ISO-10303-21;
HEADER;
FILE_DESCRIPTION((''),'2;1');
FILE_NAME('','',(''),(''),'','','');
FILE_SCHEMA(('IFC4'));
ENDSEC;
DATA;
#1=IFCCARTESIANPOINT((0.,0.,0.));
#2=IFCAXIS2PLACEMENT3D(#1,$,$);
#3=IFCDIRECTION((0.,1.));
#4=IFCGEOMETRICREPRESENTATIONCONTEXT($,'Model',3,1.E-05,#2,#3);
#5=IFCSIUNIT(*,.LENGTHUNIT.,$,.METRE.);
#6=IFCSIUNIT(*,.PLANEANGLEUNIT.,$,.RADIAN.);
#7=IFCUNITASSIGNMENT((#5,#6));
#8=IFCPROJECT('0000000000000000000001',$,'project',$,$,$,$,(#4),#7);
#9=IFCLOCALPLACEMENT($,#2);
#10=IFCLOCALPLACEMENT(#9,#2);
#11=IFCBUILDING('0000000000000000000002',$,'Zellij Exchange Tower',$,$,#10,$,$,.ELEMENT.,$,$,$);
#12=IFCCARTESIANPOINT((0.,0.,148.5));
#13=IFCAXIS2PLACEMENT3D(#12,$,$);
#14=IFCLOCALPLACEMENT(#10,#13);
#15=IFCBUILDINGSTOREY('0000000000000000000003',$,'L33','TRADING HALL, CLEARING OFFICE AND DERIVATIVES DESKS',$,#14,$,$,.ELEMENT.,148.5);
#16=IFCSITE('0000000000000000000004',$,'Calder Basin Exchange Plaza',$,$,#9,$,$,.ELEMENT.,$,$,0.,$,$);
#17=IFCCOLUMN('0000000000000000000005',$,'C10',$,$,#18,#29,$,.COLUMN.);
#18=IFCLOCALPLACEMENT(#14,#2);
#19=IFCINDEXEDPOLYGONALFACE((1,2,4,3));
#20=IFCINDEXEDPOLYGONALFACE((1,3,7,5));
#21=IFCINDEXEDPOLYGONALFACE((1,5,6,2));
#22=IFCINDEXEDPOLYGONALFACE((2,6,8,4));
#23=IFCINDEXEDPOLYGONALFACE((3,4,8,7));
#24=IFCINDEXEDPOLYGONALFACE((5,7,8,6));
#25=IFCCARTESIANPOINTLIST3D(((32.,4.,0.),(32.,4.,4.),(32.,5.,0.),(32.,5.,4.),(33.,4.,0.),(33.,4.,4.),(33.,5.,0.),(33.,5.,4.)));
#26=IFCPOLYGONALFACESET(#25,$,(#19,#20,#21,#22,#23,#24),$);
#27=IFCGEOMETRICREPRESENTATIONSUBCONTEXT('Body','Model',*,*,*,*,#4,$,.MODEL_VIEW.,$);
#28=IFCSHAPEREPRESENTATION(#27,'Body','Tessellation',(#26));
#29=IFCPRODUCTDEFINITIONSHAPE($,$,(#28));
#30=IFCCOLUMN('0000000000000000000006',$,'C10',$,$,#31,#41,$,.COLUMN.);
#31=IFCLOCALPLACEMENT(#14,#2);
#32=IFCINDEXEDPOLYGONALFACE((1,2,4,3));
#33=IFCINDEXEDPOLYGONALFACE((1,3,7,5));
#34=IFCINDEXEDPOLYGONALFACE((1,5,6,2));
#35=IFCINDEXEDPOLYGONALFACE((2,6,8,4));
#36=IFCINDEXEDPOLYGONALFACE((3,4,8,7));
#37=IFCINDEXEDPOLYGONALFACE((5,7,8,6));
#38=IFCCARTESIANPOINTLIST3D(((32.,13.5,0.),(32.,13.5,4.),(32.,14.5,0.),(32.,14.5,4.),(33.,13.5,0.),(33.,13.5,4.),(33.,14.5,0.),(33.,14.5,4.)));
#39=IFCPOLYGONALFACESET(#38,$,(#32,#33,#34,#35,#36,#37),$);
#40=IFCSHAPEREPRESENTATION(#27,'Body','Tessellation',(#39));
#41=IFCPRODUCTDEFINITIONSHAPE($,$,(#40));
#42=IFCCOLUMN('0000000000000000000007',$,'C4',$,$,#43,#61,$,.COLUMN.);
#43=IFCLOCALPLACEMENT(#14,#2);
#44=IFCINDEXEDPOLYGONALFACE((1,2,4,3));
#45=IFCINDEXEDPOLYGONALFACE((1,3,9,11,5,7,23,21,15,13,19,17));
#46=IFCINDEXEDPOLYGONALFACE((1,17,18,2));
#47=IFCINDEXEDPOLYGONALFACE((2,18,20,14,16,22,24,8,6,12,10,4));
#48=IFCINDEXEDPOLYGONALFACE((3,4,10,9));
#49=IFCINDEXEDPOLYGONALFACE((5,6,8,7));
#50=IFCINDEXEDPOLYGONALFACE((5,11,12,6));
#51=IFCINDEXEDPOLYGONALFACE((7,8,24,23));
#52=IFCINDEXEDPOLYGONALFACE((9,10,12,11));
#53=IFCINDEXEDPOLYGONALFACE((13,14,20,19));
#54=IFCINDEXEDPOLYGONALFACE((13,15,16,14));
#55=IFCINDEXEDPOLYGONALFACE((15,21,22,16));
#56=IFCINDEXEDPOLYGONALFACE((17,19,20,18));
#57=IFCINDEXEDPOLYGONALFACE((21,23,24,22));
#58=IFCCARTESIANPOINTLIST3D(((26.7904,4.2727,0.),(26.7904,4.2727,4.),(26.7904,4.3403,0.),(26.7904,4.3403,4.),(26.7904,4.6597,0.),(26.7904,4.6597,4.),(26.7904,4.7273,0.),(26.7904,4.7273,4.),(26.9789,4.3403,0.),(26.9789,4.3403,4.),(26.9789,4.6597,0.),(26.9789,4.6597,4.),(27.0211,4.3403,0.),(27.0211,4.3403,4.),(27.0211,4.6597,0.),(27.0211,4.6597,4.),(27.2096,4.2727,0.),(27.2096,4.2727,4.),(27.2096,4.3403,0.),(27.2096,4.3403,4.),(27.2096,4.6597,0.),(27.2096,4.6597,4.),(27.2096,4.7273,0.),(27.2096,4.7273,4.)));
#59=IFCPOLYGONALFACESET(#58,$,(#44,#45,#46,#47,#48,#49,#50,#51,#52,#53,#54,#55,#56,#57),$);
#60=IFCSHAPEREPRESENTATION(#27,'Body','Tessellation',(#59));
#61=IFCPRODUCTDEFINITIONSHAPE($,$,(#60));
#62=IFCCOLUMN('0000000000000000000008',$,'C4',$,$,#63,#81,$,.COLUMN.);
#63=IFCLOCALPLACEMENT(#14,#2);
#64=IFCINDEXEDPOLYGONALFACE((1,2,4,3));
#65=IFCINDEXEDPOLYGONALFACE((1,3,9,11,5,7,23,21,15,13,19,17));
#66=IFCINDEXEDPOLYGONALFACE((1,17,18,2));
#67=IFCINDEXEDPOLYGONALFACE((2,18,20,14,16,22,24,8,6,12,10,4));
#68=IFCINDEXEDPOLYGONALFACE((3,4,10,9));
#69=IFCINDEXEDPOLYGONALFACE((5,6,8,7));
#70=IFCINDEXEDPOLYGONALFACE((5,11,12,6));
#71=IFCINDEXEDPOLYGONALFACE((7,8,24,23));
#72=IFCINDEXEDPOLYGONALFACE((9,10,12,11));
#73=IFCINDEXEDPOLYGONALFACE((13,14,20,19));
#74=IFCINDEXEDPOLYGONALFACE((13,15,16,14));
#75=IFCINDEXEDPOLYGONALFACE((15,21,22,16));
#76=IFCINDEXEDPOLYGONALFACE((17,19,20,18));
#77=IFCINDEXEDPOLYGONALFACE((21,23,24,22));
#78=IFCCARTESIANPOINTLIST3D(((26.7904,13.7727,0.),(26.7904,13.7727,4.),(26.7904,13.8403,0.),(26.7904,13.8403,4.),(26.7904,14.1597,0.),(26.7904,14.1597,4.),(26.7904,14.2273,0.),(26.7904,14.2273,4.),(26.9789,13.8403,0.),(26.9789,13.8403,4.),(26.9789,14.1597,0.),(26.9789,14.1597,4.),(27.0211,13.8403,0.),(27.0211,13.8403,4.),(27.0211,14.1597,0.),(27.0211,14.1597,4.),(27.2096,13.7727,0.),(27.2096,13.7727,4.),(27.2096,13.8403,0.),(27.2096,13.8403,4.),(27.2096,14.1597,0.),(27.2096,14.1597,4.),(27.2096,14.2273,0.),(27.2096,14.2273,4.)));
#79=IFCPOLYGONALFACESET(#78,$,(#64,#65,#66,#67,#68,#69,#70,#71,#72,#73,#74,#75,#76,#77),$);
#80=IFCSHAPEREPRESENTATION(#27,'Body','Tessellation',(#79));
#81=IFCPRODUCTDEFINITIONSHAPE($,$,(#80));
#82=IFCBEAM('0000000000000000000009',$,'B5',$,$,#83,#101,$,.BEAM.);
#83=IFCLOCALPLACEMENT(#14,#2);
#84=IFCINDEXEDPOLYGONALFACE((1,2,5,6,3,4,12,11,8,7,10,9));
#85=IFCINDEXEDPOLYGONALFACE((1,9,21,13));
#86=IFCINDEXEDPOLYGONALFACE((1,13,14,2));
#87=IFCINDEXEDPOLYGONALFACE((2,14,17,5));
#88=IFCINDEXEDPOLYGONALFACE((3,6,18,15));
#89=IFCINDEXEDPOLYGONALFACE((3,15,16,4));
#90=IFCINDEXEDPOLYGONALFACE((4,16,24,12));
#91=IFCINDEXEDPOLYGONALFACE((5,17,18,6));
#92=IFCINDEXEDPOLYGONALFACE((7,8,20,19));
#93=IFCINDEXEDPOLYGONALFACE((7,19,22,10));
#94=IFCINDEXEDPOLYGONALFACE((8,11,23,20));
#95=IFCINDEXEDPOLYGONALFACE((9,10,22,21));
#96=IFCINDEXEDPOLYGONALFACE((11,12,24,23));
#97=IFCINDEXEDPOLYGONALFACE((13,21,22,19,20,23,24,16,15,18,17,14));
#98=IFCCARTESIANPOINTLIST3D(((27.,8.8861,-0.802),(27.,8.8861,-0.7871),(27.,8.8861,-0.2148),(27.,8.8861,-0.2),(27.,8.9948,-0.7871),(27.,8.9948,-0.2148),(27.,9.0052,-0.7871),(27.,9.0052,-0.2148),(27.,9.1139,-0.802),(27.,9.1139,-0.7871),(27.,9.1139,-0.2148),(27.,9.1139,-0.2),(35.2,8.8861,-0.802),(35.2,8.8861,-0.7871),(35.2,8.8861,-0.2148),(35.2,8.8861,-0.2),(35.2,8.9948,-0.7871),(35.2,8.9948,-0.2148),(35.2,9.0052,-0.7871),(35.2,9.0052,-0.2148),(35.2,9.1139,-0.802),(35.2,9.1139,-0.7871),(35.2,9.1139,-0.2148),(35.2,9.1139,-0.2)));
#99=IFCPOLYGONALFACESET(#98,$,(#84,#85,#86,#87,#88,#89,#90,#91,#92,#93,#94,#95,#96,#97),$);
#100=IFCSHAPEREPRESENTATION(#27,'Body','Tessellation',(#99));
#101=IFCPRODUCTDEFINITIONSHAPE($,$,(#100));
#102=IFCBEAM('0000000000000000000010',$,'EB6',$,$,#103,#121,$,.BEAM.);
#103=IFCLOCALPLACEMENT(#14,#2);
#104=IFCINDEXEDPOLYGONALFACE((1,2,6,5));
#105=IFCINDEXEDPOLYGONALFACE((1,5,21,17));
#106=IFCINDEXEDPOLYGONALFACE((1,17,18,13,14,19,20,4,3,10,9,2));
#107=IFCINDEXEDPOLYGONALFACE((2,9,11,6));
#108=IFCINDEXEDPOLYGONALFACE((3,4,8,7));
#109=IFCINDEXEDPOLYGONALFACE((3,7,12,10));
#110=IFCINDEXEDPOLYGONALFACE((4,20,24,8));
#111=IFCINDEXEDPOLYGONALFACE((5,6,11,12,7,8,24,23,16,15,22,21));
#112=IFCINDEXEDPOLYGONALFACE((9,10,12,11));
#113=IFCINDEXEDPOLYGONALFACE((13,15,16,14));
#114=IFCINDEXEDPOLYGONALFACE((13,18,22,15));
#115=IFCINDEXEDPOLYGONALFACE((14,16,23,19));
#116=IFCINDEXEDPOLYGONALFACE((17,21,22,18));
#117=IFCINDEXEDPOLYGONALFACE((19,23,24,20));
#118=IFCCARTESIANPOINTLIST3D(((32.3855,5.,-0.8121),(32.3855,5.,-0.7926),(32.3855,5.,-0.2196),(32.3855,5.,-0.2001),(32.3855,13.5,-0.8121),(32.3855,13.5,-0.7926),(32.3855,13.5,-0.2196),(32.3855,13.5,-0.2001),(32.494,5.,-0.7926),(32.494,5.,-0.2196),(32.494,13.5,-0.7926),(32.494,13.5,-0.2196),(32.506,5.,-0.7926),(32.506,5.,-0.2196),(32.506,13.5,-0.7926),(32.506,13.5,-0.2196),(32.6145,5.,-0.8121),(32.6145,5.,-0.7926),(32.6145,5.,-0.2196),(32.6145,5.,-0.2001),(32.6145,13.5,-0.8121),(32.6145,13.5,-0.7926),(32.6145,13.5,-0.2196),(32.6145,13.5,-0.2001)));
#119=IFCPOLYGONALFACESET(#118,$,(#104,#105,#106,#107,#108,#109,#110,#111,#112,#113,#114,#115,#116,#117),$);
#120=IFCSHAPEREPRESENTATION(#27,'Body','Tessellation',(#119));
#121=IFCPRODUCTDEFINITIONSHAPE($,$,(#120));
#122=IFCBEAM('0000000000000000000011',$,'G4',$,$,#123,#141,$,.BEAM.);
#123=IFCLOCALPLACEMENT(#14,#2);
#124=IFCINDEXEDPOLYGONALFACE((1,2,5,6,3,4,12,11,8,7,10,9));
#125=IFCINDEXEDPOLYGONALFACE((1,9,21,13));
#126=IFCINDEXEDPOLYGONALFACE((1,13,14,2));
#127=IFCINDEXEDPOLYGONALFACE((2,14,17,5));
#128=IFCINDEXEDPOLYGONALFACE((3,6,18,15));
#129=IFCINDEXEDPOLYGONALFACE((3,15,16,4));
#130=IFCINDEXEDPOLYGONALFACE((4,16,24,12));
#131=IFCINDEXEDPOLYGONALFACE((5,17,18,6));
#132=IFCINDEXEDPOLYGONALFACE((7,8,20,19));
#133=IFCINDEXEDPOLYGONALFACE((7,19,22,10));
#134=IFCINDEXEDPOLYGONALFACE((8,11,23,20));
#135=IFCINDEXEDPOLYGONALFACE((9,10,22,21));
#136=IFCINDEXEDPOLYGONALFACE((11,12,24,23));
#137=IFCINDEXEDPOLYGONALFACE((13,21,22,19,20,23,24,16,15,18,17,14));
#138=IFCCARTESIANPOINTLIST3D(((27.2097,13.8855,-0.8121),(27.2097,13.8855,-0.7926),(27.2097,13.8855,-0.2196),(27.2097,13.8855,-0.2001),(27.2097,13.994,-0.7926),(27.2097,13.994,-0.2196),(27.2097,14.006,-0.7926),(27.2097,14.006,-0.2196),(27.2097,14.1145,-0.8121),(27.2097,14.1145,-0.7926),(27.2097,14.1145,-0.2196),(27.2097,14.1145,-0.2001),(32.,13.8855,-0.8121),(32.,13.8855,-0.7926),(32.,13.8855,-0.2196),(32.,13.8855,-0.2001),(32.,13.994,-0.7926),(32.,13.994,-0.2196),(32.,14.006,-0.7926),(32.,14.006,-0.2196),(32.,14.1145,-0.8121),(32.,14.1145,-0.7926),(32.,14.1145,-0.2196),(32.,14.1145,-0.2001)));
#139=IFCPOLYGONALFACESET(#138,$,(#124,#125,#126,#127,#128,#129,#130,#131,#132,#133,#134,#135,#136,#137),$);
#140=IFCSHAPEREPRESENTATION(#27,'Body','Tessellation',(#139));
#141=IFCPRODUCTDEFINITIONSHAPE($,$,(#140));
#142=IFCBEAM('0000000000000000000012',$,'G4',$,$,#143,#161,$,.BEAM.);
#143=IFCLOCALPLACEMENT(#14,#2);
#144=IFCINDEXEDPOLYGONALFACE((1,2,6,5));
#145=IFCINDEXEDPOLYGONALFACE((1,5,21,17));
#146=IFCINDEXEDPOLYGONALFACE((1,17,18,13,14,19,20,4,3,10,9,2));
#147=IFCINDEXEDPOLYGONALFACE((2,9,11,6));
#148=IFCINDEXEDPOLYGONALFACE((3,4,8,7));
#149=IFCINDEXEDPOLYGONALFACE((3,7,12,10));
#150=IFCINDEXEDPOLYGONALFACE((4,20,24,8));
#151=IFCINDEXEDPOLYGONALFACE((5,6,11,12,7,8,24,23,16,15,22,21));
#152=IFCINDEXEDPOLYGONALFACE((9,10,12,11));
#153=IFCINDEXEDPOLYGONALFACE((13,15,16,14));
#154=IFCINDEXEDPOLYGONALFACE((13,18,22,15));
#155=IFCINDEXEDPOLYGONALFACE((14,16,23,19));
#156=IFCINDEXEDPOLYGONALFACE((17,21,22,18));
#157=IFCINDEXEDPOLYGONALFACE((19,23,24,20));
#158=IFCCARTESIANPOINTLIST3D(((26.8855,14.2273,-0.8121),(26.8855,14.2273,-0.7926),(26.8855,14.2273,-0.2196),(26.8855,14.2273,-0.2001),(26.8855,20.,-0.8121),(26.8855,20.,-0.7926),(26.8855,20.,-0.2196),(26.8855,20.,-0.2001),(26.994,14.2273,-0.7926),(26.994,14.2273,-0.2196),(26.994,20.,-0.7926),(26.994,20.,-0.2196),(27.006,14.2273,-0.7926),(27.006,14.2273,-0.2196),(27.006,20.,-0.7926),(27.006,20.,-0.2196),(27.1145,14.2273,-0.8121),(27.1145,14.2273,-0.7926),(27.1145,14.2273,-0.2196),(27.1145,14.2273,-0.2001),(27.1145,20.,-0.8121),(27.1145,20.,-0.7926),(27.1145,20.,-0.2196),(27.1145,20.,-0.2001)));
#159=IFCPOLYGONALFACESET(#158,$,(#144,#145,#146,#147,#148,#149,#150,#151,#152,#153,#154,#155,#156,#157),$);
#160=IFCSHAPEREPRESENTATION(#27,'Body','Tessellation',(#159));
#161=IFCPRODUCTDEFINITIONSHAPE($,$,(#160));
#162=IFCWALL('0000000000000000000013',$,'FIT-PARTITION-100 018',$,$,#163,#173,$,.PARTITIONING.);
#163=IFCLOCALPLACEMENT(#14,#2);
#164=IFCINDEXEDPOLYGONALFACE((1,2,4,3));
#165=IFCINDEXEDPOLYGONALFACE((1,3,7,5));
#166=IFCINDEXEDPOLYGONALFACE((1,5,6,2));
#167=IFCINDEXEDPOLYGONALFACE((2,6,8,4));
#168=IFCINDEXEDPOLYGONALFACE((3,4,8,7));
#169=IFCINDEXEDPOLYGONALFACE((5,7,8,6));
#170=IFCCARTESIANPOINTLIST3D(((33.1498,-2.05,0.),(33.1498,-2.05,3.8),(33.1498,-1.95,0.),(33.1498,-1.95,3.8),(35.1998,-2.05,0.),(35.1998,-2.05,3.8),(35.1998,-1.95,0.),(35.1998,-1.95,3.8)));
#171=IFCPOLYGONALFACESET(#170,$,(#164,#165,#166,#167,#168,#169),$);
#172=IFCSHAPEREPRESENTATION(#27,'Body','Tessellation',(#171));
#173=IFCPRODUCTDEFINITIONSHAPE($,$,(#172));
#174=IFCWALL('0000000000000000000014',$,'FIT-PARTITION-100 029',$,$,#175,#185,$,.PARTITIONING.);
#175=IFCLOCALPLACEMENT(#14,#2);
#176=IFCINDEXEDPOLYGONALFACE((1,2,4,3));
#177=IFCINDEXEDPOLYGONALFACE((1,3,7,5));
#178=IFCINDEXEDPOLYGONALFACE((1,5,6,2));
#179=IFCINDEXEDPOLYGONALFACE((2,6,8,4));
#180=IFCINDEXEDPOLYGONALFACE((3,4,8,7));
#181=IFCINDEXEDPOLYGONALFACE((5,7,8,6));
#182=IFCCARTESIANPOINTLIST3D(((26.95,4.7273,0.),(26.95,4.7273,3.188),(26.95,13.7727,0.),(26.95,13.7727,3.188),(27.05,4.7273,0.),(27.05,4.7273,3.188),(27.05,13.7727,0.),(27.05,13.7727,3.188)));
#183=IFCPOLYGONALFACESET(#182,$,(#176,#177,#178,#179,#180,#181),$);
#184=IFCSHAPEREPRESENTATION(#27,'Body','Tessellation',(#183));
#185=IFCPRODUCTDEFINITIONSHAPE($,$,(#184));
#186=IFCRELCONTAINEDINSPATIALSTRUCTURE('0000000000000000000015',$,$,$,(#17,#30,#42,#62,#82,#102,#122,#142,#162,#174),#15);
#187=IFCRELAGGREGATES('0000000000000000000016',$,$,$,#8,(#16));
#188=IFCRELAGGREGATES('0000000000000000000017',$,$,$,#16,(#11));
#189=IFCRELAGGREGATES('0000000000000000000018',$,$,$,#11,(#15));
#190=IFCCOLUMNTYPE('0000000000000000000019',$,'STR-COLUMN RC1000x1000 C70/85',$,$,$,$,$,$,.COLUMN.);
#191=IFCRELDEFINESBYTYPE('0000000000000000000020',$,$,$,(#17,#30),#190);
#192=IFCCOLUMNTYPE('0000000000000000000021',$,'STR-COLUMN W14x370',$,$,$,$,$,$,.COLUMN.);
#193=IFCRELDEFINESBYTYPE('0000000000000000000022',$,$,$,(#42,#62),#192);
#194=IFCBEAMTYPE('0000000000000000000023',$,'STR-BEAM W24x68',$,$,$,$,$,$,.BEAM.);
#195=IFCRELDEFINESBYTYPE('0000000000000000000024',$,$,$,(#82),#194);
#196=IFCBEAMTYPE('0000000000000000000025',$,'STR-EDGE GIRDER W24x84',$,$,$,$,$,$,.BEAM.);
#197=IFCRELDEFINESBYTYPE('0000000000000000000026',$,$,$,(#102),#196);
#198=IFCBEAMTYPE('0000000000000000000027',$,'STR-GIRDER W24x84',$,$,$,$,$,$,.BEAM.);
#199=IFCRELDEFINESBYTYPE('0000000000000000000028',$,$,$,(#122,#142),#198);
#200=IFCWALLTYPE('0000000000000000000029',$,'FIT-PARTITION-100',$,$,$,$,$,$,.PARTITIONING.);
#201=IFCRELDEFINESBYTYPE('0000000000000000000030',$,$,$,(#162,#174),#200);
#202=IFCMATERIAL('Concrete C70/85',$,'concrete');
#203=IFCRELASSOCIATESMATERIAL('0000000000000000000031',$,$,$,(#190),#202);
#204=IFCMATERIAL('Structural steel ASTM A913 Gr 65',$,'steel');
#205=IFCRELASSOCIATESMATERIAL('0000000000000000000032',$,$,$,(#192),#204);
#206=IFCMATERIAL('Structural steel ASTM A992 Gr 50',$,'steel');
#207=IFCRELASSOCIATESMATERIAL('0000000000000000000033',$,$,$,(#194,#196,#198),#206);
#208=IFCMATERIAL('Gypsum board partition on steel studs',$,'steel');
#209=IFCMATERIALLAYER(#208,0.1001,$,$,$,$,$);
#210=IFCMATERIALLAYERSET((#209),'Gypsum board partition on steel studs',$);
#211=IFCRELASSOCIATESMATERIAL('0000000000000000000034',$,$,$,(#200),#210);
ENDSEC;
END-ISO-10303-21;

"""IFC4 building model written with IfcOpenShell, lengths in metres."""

from ifc_helpers import new_model, si_unit, direction, frame, frame_2d, origin, origin_2d, place, context, subcontext, project, spatial, rectangle, i_section, extrude, material, layer, layer_set, material_profile, profile_set, type_object, element, save


model = new_model("IFC4")

# Units and contexts
model_context = context("Model", 3, precision=1e-05, world=origin(), true_north=direction((0.0, 1.0)))
body_context = subcontext(model_context, "Body", "Model", "MODEL_VIEW")
ifc_project = project(units=[si_unit("LENGTHUNIT", "METRE"), si_unit("PLANEANGLEUNIT", "RADIAN")], contexts=[model_context])

# Site, building, storey
site_placement = place(None, origin())
site = spatial("IfcSite", under=ifc_project, at=site_placement, Name="Calder Basin Exchange Plaza", CompositionType="ELEMENT", RefElevation=0.0)
building_placement = place(site_placement, origin())
building = spatial("IfcBuilding", under=site, at=building_placement, Name="Zellij Exchange Tower", CompositionType="ELEMENT")
storey_placement = place(building_placement, frame((0.0, 0.0, 148.5)))
storey = spatial("IfcBuildingStorey", under=building, at=storey_placement, Name="L33", Description="TRADING HALL, CLEARING OFFICE AND DERIVATIVES DESKS", CompositionType="ELEMENT", Elevation=148.5)

# Columns
ifc_material_1 = material(Name="Concrete C70/85", Category="concrete")
ifc_material_profile_1 = material_profile(ifc_material_1, rectangle(XDim=1.0, YDim=1.0, at=origin_2d()), Name="STR-COLUMN RC1000x1000 C70/85")
ifc_profile_set_1 = profile_set([ifc_material_profile_1], Name="Concrete C70/85")
column_type_1 = type_object("IfcColumnType", Name="STR-COLUMN RC1000x1000 C70/85", PredefinedType="COLUMN", material=ifc_profile_set_1)
for number, where, z_axis, x_axis, name in (
    (1, (32.5, 4.5, 0.0), (0.0, 0.0, 1.0), (1.0, 0.0, 0.0), "C10"),
    (2, (32.5, 14.0, 0.0), (0.0, 0.0, 1.0), (1.0, 0.0, 0.0), "C10"),
):
    element("IfcColumn", number, at=place(storey_placement, frame(where, z_axis=z_axis, x_axis=x_axis)), inside=storey, type_object=column_type_1, Name=name, PredefinedType="COLUMN", context=body_context, shape_type="SweptSolid", body=[
        extrude(rectangle(XDim=1.0, YDim=1.0, at=origin_2d()), origin(), (0.0, 0.0, 1.0), 4.0),
    ])
ifc_material_2 = material(Name="Structural steel ASTM A913 Gr 65", Category="steel")
ifc_material_profile_2 = material_profile(ifc_material_2, i_section(OverallWidth=0.4192, OverallDepth=0.4546, WebThickness=0.0422, FlangeThickness=0.0676, at=origin_2d()), Name="W14x370")
ifc_profile_set_2 = profile_set([ifc_material_profile_2], Name="Structural steel ASTM A913 Gr 65")
column_type_2 = type_object("IfcColumnType", Name="STR-COLUMN W14x370", PredefinedType="COLUMN", material=ifc_profile_set_2)
for number, where, z_axis, x_axis, name in (
    (3, (27.0, 4.5, 0.0), (0.0, 0.0, 1.0), (1.0, 0.0, 0.0), "C4"),
    (4, (27.0, 14.0, 0.0), (0.0, 0.0, 1.0), (1.0, 0.0, 0.0), "C4"),
):
    element("IfcColumn", number, at=place(storey_placement, frame(where, z_axis=z_axis, x_axis=x_axis)), inside=storey, type_object=column_type_2, Name=name, PredefinedType="COLUMN", context=body_context, shape_type="SweptSolid", body=[
        extrude(i_section(OverallWidth=0.4192, OverallDepth=0.4546, WebThickness=0.0422, FlangeThickness=0.0676, at=origin_2d()), origin(), (0.0, 0.0, 1.0), 4.0),
    ])

# Beams
ifc_material_3 = material(Name="Structural steel ASTM A992 Gr 50", Category="steel")
ifc_material_profile_3 = material_profile(ifc_material_3, i_section(OverallWidth=0.2278, OverallDepth=0.6021, WebThickness=0.0105, FlangeThickness=0.0149, at=origin_2d()), Name="W24x68")
ifc_profile_set_3 = profile_set([ifc_material_profile_3], Name="Structural steel ASTM A992 Gr 50")
beam_type_1 = type_object("IfcBeamType", Name="STR-BEAM W24x68", PredefinedType="BEAM", material=ifc_profile_set_3)
beam_1_placement = place(storey_placement, frame((27.0, 9.0, -0.501), z_axis=(1.0, 0.0, 0.0), x_axis=(0.0, 1.0, 0.0)))
element("IfcBeam", 5, at=beam_1_placement, inside=storey, type_object=beam_type_1, Name="B5", PredefinedType="BEAM", context=body_context, shape_type="SweptSolid", body=[
    extrude(i_section(OverallWidth=0.2278, OverallDepth=0.6021, WebThickness=0.0105, FlangeThickness=0.0149, at=origin_2d()), origin(), (0.0, 0.0, 1.0), 8.2),
])
ifc_material_profile_4 = material_profile(ifc_material_3, i_section(OverallWidth=0.229, OverallDepth=0.6121, WebThickness=0.012, FlangeThickness=0.0195, at=origin_2d()), Name="W24x84")
ifc_profile_set_4 = profile_set([ifc_material_profile_4], Name="Structural steel ASTM A992 Gr 50")
beam_type_2 = type_object("IfcBeamType", Name="STR-EDGE GIRDER W24x84", PredefinedType="BEAM", material=ifc_profile_set_4)
beam_2_placement = place(storey_placement, frame((32.5, 5.0, -0.5061), z_axis=(0.0, 1.0, 0.0), x_axis=(-1.0, 0.0, 0.0)))
element("IfcBeam", 6, at=beam_2_placement, inside=storey, type_object=beam_type_2, Name="EB6", PredefinedType="BEAM", context=body_context, shape_type="SweptSolid", body=[
    extrude(i_section(OverallWidth=0.229, OverallDepth=0.6121, WebThickness=0.012, FlangeThickness=0.0195, at=origin_2d()), origin(), (0.0, 0.0, 1.0), 8.5),
])
ifc_material_profile_5 = material_profile(ifc_material_3, i_section(OverallWidth=0.229, OverallDepth=0.6121, WebThickness=0.012, FlangeThickness=0.0195, at=origin_2d()), Name="W24x84")
ifc_profile_set_5 = profile_set([ifc_material_profile_5], Name="Structural steel ASTM A992 Gr 50")
beam_type_3 = type_object("IfcBeamType", Name="STR-GIRDER W24x84", PredefinedType="BEAM", material=ifc_profile_set_5)
beam_3_placement = place(storey_placement, frame((27.2097, 14.0, -0.5061), z_axis=(1.0, 0.0, 0.0), x_axis=(0.0, 1.0, 0.0)))
element("IfcBeam", 7, at=beam_3_placement, inside=storey, type_object=beam_type_3, Name="G4", PredefinedType="BEAM", context=body_context, shape_type="SweptSolid", body=[
    extrude(i_section(OverallWidth=0.229, OverallDepth=0.6121, WebThickness=0.012, FlangeThickness=0.0195, at=origin_2d()), origin(), (0.0, 0.0, 1.0), 4.7903),
])
beam_4_placement = place(storey_placement, frame((27.0, 14.2273, -0.5061), z_axis=(0.0, 1.0, 0.0), x_axis=(-1.0, 0.0, 0.0)))
element("IfcBeam", 8, at=beam_4_placement, inside=storey, type_object=beam_type_3, Name="G4", PredefinedType="BEAM", context=body_context, shape_type="SweptSolid", body=[
    extrude(i_section(OverallWidth=0.229, OverallDepth=0.6121, WebThickness=0.012, FlangeThickness=0.0195, at=origin_2d()), origin(), (0.0, 0.0, 1.0), 5.7727),
])

# Walls
ifc_material_4 = material(Name="Gypsum board partition on steel studs", Category="steel")
ifc_layer = layer(ifc_material_4, 0.1001)
ifc_layer_set = layer_set([ifc_layer], Name="Gypsum board partition on steel studs")
wall_type = type_object("IfcWallType", Name="FIT-PARTITION-100", PredefinedType="PARTITIONING", material=ifc_layer_set)
wall_1_placement = place(storey_placement, frame((33.1499, -2.0, 0.0), z_axis=(0.0, 0.0, 1.0), x_axis=(1.0, 0.0, 0.0)))
element("IfcWall", 9, at=wall_1_placement, inside=storey, type_object=wall_type, Name="FIT-PARTITION-100 018", PredefinedType="PARTITIONING", context=body_context, shape_type="SweptSolid", body=[
    extrude(rectangle(XDim=2.05, YDim=0.1001, at=frame_2d((1.0249, 0.0))), origin(), (0.0, 0.0, 1.0), 3.8),
])
wall_2_placement = place(storey_placement, frame((27.0, 4.7273, 0.0), z_axis=(0.0, 0.0, 1.0), x_axis=(0.0, 1.0, 0.0)))
element("IfcWall", 10, at=wall_2_placement, inside=storey, type_object=wall_type, Name="FIT-PARTITION-100 029", PredefinedType="PARTITIONING", context=body_context, shape_type="SweptSolid", body=[
    extrude(rectangle(XDim=9.0454, YDim=0.1001, at=frame_2d((4.5227, 0.0))), origin(), (0.0, 0.0, 1.0), 3.188),
])

save(model, "model.ifc")
